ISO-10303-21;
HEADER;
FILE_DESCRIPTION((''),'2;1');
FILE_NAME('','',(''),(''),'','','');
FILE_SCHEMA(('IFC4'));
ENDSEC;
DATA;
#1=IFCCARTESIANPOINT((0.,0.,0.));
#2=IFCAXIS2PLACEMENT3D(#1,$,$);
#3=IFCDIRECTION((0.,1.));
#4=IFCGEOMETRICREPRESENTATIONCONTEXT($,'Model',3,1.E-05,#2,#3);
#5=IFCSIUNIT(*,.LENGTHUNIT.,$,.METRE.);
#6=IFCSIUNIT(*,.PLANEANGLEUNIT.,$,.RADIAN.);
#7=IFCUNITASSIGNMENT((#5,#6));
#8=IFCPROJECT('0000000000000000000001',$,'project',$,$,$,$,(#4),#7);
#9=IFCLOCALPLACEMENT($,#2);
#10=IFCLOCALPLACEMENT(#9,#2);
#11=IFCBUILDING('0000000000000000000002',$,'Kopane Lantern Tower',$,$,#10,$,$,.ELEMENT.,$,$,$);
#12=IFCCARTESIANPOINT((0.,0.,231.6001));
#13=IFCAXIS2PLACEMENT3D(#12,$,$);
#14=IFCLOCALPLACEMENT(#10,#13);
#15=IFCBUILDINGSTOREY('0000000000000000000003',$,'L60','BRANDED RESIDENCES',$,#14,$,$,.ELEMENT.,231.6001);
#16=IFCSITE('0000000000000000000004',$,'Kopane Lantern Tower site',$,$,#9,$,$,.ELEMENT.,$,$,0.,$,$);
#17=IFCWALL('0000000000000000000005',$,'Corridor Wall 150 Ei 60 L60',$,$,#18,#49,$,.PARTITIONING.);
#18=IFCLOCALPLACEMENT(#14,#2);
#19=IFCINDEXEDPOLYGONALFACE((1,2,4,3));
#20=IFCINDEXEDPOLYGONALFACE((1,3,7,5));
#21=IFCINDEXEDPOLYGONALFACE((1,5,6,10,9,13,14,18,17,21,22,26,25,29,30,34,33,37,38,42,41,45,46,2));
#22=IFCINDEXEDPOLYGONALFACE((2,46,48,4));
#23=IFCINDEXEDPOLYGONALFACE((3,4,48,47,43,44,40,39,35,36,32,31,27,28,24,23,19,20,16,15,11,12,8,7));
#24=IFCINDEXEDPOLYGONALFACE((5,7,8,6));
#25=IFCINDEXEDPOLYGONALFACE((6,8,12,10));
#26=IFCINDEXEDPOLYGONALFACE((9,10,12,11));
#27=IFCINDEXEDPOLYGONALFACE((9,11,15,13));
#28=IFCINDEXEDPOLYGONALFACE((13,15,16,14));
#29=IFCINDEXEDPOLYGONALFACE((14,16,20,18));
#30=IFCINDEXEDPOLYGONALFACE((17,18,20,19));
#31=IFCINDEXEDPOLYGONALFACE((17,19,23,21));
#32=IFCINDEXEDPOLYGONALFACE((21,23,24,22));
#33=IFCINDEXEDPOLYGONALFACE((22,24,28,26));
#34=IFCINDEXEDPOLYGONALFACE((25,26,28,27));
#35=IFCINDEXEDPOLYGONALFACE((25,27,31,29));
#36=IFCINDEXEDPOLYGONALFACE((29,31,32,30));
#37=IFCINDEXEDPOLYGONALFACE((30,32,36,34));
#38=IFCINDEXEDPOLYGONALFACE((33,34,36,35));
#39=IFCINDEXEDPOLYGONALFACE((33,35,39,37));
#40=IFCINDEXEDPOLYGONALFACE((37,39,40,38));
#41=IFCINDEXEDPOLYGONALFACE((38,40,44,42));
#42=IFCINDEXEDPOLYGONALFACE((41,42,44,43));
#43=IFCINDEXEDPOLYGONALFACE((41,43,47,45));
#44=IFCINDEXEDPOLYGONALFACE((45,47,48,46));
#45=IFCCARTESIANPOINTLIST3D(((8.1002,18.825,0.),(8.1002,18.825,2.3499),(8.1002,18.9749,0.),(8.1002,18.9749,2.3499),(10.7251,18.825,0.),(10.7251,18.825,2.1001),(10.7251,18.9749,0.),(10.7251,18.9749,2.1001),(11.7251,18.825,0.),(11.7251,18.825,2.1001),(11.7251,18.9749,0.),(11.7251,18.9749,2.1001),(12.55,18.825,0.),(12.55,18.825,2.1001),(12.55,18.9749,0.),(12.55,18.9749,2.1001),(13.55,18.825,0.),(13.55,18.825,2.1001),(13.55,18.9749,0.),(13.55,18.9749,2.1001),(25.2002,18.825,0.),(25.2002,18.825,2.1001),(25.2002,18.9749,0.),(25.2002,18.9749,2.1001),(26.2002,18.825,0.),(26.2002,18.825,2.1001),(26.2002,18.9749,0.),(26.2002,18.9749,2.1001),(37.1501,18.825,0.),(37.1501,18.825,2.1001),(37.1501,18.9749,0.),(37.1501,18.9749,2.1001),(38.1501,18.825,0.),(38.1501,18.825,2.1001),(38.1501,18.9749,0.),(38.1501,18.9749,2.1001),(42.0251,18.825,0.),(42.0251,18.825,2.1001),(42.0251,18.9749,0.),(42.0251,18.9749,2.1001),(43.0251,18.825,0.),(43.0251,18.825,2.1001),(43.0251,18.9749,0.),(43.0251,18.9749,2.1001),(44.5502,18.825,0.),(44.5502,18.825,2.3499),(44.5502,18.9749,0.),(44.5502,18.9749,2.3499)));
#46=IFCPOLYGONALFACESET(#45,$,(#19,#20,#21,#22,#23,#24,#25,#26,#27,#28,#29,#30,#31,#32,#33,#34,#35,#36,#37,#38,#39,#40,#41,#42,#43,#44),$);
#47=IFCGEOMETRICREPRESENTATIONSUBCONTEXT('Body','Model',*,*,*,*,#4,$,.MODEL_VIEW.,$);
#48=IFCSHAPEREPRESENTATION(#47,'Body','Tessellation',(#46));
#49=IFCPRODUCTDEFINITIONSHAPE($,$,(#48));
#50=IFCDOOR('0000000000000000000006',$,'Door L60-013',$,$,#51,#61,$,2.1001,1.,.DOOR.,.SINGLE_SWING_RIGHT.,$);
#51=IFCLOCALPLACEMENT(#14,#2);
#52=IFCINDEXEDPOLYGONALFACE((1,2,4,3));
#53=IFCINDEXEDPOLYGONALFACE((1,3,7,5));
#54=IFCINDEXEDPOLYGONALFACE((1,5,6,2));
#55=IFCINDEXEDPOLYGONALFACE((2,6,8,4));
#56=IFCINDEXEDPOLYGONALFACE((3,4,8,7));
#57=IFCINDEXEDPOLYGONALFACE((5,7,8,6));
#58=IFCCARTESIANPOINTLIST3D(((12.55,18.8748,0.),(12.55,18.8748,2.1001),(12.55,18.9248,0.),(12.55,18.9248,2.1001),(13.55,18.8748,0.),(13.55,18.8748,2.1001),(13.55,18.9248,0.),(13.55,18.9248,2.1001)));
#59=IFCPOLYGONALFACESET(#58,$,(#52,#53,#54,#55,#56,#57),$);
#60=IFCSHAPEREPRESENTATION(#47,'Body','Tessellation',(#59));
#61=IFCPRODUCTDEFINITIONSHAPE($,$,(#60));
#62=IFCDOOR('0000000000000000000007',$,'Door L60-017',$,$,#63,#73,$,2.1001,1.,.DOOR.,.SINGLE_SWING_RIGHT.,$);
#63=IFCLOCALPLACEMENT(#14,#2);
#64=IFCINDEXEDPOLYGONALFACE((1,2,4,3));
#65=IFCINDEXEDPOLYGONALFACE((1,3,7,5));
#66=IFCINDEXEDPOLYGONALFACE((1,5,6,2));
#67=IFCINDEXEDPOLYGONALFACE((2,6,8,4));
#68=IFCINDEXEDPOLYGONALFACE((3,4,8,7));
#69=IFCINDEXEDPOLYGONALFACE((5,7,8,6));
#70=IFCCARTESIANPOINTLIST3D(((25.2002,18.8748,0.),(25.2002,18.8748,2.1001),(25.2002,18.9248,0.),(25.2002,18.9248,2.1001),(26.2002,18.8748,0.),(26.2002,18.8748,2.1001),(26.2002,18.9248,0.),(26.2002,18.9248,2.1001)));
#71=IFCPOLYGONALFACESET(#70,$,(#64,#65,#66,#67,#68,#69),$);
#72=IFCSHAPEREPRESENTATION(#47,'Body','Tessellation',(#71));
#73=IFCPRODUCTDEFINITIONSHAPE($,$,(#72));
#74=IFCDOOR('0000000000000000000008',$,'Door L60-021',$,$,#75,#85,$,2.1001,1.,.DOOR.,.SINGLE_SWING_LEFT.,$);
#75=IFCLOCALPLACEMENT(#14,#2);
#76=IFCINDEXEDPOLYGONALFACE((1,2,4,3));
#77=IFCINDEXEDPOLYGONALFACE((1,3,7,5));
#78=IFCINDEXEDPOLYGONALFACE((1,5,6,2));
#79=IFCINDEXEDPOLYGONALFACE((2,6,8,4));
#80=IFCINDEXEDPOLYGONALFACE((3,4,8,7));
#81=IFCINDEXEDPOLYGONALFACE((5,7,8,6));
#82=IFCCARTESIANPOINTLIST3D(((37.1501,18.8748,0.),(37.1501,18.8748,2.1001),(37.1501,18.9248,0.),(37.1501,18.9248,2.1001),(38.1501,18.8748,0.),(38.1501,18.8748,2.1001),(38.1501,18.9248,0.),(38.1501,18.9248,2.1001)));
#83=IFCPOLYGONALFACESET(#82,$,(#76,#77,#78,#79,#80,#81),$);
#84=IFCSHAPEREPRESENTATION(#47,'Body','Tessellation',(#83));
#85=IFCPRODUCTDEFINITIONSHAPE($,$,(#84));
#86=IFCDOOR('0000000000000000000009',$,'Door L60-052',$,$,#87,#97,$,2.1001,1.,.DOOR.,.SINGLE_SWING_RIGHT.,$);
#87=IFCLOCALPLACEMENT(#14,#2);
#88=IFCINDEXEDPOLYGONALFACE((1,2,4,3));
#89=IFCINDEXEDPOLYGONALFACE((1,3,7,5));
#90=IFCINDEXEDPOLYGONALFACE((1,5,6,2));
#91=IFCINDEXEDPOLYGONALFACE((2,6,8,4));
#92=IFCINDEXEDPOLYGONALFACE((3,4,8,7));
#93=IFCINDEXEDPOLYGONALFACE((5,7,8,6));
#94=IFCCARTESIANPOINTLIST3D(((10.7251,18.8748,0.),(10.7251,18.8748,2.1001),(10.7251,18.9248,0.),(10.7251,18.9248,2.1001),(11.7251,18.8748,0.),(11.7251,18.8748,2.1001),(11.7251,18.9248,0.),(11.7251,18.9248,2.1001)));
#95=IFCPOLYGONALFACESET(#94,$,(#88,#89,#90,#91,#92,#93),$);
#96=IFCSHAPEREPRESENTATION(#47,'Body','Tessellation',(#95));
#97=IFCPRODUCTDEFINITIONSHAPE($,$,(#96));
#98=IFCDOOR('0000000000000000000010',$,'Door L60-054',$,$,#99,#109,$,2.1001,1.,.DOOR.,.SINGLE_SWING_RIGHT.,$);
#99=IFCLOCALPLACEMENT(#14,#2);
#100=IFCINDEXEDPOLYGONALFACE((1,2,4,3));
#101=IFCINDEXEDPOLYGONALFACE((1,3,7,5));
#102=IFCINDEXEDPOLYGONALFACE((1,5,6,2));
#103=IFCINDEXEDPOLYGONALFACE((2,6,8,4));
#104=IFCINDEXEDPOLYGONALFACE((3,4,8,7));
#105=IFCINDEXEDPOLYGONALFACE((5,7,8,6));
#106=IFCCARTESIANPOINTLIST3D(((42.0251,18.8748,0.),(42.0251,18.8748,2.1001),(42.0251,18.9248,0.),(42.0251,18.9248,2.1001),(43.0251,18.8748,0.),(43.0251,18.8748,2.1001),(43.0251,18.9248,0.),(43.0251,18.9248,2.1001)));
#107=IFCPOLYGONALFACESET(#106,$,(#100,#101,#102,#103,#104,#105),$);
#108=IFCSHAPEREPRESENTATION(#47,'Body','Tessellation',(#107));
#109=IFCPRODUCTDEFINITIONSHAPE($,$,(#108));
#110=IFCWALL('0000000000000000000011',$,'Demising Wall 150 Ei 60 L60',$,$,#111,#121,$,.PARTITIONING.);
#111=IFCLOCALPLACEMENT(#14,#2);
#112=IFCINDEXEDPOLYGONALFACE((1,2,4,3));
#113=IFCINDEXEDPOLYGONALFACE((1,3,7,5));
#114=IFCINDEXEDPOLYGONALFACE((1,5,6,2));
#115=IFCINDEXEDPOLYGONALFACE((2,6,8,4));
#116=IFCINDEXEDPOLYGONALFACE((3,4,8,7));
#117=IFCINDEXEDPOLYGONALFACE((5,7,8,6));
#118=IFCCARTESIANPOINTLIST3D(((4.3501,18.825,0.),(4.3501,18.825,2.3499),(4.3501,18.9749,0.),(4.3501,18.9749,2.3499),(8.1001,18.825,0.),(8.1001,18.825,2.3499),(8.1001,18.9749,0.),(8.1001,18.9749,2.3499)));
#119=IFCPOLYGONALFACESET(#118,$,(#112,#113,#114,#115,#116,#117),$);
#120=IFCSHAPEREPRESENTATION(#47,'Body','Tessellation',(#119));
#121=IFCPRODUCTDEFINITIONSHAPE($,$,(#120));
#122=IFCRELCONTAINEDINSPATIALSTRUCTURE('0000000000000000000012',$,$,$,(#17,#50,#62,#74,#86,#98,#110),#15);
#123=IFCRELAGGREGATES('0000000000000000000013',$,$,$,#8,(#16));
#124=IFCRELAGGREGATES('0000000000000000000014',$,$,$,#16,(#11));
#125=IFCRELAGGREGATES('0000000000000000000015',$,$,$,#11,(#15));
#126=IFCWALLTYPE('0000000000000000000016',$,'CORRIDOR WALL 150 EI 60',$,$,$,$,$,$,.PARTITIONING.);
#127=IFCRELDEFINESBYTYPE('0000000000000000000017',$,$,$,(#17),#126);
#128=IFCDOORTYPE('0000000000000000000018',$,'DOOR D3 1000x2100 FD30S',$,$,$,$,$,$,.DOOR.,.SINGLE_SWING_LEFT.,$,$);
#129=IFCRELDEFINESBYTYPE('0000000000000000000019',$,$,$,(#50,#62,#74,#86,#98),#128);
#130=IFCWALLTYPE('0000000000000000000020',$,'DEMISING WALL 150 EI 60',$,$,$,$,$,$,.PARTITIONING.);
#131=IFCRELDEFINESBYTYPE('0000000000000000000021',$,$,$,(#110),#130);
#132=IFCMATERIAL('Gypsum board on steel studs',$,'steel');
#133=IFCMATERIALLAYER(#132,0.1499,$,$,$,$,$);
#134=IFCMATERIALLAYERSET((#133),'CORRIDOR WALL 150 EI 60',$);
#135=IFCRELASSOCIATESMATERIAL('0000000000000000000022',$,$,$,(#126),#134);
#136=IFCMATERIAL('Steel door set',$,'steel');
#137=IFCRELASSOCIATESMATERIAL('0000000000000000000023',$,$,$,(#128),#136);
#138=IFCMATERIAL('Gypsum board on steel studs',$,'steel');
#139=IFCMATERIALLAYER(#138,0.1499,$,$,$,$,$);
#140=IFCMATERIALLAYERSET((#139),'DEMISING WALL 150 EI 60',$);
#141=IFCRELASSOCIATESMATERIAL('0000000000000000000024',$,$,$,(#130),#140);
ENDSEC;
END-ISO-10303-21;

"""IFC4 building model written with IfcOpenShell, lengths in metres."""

from ifc_helpers import new_model, si_unit, direction, frame, frame_2d, origin, place, context, subcontext, project, spatial, rectangle, extrude, material, layer, layer_set, type_object, element, fill, save


model = new_model("IFC4")

# Units and contexts
model_context = context("Model", 3, precision=1e-05, world=origin(), true_north=direction((0.0, 1.0)))
body_context = subcontext(model_context, "Body", "Model", "MODEL_VIEW")
ifc_project = project(units=[si_unit("LENGTHUNIT", "METRE"), si_unit("PLANEANGLEUNIT", "RADIAN")], contexts=[model_context])

# Site, building, storey
site_placement = place(None, origin())
site = spatial("IfcSite", under=ifc_project, at=site_placement, Name="Kopane Lantern Tower site", CompositionType="ELEMENT", RefElevation=0.0)
building_placement = place(site_placement, origin())
building = spatial("IfcBuilding", under=site, at=building_placement, Name="Kopane Lantern Tower", CompositionType="ELEMENT")
storey_placement = place(building_placement, frame((0.0, 0.0, 231.6001)))
storey = spatial("IfcBuildingStorey", under=building, at=storey_placement, Name="L60", Description="BRANDED RESIDENCES", CompositionType="ELEMENT", Elevation=231.6001)

# Wall, openings, doors
ifc_material_1 = material(Name="Gypsum board on steel studs", Category="steel")
ifc_layer_1 = layer(ifc_material_1, 0.1499)
ifc_layer_set_1 = layer_set([ifc_layer_1], Name="CORRIDOR WALL 150 EI 60")
wall_type_1 = type_object("IfcWallType", Name="CORRIDOR WALL 150 EI 60", PredefinedType="PARTITIONING", material=ifc_layer_set_1)
wall_1_placement = place(storey_placement, frame((8.1001, 18.8999, 0.0), z_axis=(0.0, 0.0, 1.0), x_axis=(1.0, 0.0, 0.0)))
wall_1 = element("IfcWall", 1, at=wall_1_placement, inside=storey, type_object=wall_type_1, Name="Corridor Wall 150 Ei 60 L60", PredefinedType="PARTITIONING", context=body_context, shape_type="SweptSolid", body=[
    extrude(rectangle(XDim=36.45, YDim=0.1499, at=frame_2d((18.2251, 0.0))), origin(), (0.0, 0.0, 1.0), 2.3499),
])
opening_1_placement = place(wall_1_placement, frame((4.45, 0.0, 0.0)))
opening_1 = element("IfcOpeningElement", 2, at=opening_1_placement, cuts=wall_1, PredefinedType="OPENING", context=body_context, shape_type="SweptSolid", body=[
    extrude(rectangle(XDim=1.0, YDim=2.1001, at=frame_2d((0.5, 1.05))), frame((0.0, 0.085, 0.0), z_axis=(0.0, -1.0, 0.0), x_axis=(1.0, 0.0, 0.0)), (0.0, 0.0, 1.0), 0.1699),
])
opening_2_placement = place(wall_1_placement, frame((17.1001, 0.0, 0.0)))
opening_2 = element("IfcOpeningElement", 3, at=opening_2_placement, cuts=wall_1, PredefinedType="OPENING", context=body_context, shape_type="SweptSolid", body=[
    extrude(rectangle(XDim=1.0, YDim=2.1001, at=frame_2d((0.5, 1.05))), frame((0.0, 0.085, 0.0), z_axis=(0.0, -1.0, 0.0), x_axis=(1.0, 0.0, 0.0)), (0.0, 0.0, 1.0), 0.1699),
])
opening_3_placement = place(wall_1_placement, frame((29.05, 0.0, 0.0)))
opening_3 = element("IfcOpeningElement", 4, at=opening_3_placement, cuts=wall_1, PredefinedType="OPENING", context=body_context, shape_type="SweptSolid", body=[
    extrude(rectangle(XDim=1.0, YDim=2.1001, at=frame_2d((0.5, 1.05))), frame((0.0, 0.085, 0.0), z_axis=(0.0, -1.0, 0.0), x_axis=(1.0, 0.0, 0.0)), (0.0, 0.0, 1.0), 0.1699),
])
opening_4_placement = place(wall_1_placement, frame((2.625, 0.0, 0.0)))
opening_4 = element("IfcOpeningElement", 5, at=opening_4_placement, cuts=wall_1, PredefinedType="OPENING", context=body_context, shape_type="SweptSolid", body=[
    extrude(rectangle(XDim=1.0, YDim=2.1001, at=frame_2d((0.5, 1.05))), frame((0.0, 0.085, 0.0), z_axis=(0.0, -1.0, 0.0), x_axis=(1.0, 0.0, 0.0)), (0.0, 0.0, 1.0), 0.1699),
])
opening_5_placement = place(wall_1_placement, frame((33.925, 0.0, 0.0)))
opening_5 = element("IfcOpeningElement", 6, at=opening_5_placement, cuts=wall_1, PredefinedType="OPENING", context=body_context, shape_type="SweptSolid", body=[
    extrude(rectangle(XDim=1.0, YDim=2.1001, at=frame_2d((0.5, 1.05))), frame((0.0, 0.085, 0.0), z_axis=(0.0, -1.0, 0.0), x_axis=(1.0, 0.0, 0.0)), (0.0, 0.0, 1.0), 0.1699),
])
ifc_material_2 = material(Name="Steel door set", Category="steel")
door_type_1 = type_object("IfcDoorType", Name="DOOR D3 1000x2100 FD30S", OperationType="SINGLE_SWING_LEFT", PredefinedType="DOOR", material=ifc_material_2)
door_1_placement = place(opening_1_placement, origin())
door_1 = element("IfcDoor", 7, at=door_1_placement, inside=storey, type_object=door_type_1, Name="Door L60-013", OperationType="SINGLE_SWING_RIGHT", OverallHeight=2.1001, OverallWidth=1.0, PredefinedType="DOOR", context=body_context, shape_type="SweptSolid", body=[
    extrude(rectangle(XDim=1.0, YDim=2.1001, at=frame_2d((0.5, 1.05))), frame((0.0, 0.0249, 0.0), z_axis=(0.0, -1.0, 0.0), x_axis=(1.0, 0.0, 0.0)), (0.0, 0.0, 1.0), 0.05),
])
fill(opening_1, door_1)
door_2_placement = place(opening_2_placement, origin())
door_2 = element("IfcDoor", 8, at=door_2_placement, inside=storey, type_object=door_type_1, Name="Door L60-017", OperationType="SINGLE_SWING_RIGHT", OverallHeight=2.1001, OverallWidth=1.0, PredefinedType="DOOR", context=body_context, shape_type="SweptSolid", body=[
    extrude(rectangle(XDim=1.0, YDim=2.1001, at=frame_2d((0.5, 1.05))), frame((0.0, 0.0249, 0.0), z_axis=(0.0, -1.0, 0.0), x_axis=(1.0, 0.0, 0.0)), (0.0, 0.0, 1.0), 0.05),
])
fill(opening_2, door_2)
door_3_placement = place(opening_3_placement, origin())
door_3 = element("IfcDoor", 9, at=door_3_placement, inside=storey, type_object=door_type_1, Name="Door L60-021", OperationType="SINGLE_SWING_LEFT", OverallHeight=2.1001, OverallWidth=1.0, PredefinedType="DOOR", context=body_context, shape_type="SweptSolid", body=[
    extrude(rectangle(XDim=1.0, YDim=2.1001, at=frame_2d((0.5, 1.05))), frame((0.0, 0.0249, 0.0), z_axis=(0.0, -1.0, 0.0), x_axis=(1.0, 0.0, 0.0)), (0.0, 0.0, 1.0), 0.05),
])
fill(opening_3, door_3)
door_4_placement = place(opening_4_placement, origin())
door_4 = element("IfcDoor", 10, at=door_4_placement, inside=storey, type_object=door_type_1, Name="Door L60-052", OperationType="SINGLE_SWING_RIGHT", OverallHeight=2.1001, OverallWidth=1.0, PredefinedType="DOOR", context=body_context, shape_type="SweptSolid", body=[
    extrude(rectangle(XDim=1.0, YDim=2.1001, at=frame_2d((0.5, 1.05))), frame((0.0, 0.0249, 0.0), z_axis=(0.0, -1.0, 0.0), x_axis=(1.0, 0.0, 0.0)), (0.0, 0.0, 1.0), 0.05),
])
fill(opening_4, door_4)
door_5_placement = place(opening_5_placement, origin())
door_5 = element("IfcDoor", 11, at=door_5_placement, inside=storey, type_object=door_type_1, Name="Door L60-054", OperationType="SINGLE_SWING_RIGHT", OverallHeight=2.1001, OverallWidth=1.0, PredefinedType="DOOR", context=body_context, shape_type="SweptSolid", body=[
    extrude(rectangle(XDim=1.0, YDim=2.1001, at=frame_2d((0.5, 1.05))), frame((0.0, 0.0249, 0.0), z_axis=(0.0, -1.0, 0.0), x_axis=(1.0, 0.0, 0.0)), (0.0, 0.0, 1.0), 0.05),
])
fill(opening_5, door_5)

# Wall
ifc_material_3 = material(Name="Gypsum board on steel studs", Category="steel")
ifc_layer_2 = layer(ifc_material_3, 0.1499)
ifc_layer_set_2 = layer_set([ifc_layer_2], Name="DEMISING WALL 150 EI 60")
wall_type_2 = type_object("IfcWallType", Name="DEMISING WALL 150 EI 60", PredefinedType="PARTITIONING", material=ifc_layer_set_2)
wall_2_placement = place(storey_placement, frame((4.3501, 18.8999, 0.0), z_axis=(0.0, 0.0, 1.0), x_axis=(1.0, 0.0, 0.0)))
element("IfcWall", 12, at=wall_2_placement, inside=storey, type_object=wall_type_2, Name="Demising Wall 150 Ei 60 L60", PredefinedType="PARTITIONING", context=body_context, shape_type="SweptSolid", body=[
    extrude(rectangle(XDim=3.75, YDim=0.1499, at=frame_2d((1.875, 0.0))), origin(), (0.0, 0.0, 1.0), 2.3499),
])

save(model, "model.ifc")
